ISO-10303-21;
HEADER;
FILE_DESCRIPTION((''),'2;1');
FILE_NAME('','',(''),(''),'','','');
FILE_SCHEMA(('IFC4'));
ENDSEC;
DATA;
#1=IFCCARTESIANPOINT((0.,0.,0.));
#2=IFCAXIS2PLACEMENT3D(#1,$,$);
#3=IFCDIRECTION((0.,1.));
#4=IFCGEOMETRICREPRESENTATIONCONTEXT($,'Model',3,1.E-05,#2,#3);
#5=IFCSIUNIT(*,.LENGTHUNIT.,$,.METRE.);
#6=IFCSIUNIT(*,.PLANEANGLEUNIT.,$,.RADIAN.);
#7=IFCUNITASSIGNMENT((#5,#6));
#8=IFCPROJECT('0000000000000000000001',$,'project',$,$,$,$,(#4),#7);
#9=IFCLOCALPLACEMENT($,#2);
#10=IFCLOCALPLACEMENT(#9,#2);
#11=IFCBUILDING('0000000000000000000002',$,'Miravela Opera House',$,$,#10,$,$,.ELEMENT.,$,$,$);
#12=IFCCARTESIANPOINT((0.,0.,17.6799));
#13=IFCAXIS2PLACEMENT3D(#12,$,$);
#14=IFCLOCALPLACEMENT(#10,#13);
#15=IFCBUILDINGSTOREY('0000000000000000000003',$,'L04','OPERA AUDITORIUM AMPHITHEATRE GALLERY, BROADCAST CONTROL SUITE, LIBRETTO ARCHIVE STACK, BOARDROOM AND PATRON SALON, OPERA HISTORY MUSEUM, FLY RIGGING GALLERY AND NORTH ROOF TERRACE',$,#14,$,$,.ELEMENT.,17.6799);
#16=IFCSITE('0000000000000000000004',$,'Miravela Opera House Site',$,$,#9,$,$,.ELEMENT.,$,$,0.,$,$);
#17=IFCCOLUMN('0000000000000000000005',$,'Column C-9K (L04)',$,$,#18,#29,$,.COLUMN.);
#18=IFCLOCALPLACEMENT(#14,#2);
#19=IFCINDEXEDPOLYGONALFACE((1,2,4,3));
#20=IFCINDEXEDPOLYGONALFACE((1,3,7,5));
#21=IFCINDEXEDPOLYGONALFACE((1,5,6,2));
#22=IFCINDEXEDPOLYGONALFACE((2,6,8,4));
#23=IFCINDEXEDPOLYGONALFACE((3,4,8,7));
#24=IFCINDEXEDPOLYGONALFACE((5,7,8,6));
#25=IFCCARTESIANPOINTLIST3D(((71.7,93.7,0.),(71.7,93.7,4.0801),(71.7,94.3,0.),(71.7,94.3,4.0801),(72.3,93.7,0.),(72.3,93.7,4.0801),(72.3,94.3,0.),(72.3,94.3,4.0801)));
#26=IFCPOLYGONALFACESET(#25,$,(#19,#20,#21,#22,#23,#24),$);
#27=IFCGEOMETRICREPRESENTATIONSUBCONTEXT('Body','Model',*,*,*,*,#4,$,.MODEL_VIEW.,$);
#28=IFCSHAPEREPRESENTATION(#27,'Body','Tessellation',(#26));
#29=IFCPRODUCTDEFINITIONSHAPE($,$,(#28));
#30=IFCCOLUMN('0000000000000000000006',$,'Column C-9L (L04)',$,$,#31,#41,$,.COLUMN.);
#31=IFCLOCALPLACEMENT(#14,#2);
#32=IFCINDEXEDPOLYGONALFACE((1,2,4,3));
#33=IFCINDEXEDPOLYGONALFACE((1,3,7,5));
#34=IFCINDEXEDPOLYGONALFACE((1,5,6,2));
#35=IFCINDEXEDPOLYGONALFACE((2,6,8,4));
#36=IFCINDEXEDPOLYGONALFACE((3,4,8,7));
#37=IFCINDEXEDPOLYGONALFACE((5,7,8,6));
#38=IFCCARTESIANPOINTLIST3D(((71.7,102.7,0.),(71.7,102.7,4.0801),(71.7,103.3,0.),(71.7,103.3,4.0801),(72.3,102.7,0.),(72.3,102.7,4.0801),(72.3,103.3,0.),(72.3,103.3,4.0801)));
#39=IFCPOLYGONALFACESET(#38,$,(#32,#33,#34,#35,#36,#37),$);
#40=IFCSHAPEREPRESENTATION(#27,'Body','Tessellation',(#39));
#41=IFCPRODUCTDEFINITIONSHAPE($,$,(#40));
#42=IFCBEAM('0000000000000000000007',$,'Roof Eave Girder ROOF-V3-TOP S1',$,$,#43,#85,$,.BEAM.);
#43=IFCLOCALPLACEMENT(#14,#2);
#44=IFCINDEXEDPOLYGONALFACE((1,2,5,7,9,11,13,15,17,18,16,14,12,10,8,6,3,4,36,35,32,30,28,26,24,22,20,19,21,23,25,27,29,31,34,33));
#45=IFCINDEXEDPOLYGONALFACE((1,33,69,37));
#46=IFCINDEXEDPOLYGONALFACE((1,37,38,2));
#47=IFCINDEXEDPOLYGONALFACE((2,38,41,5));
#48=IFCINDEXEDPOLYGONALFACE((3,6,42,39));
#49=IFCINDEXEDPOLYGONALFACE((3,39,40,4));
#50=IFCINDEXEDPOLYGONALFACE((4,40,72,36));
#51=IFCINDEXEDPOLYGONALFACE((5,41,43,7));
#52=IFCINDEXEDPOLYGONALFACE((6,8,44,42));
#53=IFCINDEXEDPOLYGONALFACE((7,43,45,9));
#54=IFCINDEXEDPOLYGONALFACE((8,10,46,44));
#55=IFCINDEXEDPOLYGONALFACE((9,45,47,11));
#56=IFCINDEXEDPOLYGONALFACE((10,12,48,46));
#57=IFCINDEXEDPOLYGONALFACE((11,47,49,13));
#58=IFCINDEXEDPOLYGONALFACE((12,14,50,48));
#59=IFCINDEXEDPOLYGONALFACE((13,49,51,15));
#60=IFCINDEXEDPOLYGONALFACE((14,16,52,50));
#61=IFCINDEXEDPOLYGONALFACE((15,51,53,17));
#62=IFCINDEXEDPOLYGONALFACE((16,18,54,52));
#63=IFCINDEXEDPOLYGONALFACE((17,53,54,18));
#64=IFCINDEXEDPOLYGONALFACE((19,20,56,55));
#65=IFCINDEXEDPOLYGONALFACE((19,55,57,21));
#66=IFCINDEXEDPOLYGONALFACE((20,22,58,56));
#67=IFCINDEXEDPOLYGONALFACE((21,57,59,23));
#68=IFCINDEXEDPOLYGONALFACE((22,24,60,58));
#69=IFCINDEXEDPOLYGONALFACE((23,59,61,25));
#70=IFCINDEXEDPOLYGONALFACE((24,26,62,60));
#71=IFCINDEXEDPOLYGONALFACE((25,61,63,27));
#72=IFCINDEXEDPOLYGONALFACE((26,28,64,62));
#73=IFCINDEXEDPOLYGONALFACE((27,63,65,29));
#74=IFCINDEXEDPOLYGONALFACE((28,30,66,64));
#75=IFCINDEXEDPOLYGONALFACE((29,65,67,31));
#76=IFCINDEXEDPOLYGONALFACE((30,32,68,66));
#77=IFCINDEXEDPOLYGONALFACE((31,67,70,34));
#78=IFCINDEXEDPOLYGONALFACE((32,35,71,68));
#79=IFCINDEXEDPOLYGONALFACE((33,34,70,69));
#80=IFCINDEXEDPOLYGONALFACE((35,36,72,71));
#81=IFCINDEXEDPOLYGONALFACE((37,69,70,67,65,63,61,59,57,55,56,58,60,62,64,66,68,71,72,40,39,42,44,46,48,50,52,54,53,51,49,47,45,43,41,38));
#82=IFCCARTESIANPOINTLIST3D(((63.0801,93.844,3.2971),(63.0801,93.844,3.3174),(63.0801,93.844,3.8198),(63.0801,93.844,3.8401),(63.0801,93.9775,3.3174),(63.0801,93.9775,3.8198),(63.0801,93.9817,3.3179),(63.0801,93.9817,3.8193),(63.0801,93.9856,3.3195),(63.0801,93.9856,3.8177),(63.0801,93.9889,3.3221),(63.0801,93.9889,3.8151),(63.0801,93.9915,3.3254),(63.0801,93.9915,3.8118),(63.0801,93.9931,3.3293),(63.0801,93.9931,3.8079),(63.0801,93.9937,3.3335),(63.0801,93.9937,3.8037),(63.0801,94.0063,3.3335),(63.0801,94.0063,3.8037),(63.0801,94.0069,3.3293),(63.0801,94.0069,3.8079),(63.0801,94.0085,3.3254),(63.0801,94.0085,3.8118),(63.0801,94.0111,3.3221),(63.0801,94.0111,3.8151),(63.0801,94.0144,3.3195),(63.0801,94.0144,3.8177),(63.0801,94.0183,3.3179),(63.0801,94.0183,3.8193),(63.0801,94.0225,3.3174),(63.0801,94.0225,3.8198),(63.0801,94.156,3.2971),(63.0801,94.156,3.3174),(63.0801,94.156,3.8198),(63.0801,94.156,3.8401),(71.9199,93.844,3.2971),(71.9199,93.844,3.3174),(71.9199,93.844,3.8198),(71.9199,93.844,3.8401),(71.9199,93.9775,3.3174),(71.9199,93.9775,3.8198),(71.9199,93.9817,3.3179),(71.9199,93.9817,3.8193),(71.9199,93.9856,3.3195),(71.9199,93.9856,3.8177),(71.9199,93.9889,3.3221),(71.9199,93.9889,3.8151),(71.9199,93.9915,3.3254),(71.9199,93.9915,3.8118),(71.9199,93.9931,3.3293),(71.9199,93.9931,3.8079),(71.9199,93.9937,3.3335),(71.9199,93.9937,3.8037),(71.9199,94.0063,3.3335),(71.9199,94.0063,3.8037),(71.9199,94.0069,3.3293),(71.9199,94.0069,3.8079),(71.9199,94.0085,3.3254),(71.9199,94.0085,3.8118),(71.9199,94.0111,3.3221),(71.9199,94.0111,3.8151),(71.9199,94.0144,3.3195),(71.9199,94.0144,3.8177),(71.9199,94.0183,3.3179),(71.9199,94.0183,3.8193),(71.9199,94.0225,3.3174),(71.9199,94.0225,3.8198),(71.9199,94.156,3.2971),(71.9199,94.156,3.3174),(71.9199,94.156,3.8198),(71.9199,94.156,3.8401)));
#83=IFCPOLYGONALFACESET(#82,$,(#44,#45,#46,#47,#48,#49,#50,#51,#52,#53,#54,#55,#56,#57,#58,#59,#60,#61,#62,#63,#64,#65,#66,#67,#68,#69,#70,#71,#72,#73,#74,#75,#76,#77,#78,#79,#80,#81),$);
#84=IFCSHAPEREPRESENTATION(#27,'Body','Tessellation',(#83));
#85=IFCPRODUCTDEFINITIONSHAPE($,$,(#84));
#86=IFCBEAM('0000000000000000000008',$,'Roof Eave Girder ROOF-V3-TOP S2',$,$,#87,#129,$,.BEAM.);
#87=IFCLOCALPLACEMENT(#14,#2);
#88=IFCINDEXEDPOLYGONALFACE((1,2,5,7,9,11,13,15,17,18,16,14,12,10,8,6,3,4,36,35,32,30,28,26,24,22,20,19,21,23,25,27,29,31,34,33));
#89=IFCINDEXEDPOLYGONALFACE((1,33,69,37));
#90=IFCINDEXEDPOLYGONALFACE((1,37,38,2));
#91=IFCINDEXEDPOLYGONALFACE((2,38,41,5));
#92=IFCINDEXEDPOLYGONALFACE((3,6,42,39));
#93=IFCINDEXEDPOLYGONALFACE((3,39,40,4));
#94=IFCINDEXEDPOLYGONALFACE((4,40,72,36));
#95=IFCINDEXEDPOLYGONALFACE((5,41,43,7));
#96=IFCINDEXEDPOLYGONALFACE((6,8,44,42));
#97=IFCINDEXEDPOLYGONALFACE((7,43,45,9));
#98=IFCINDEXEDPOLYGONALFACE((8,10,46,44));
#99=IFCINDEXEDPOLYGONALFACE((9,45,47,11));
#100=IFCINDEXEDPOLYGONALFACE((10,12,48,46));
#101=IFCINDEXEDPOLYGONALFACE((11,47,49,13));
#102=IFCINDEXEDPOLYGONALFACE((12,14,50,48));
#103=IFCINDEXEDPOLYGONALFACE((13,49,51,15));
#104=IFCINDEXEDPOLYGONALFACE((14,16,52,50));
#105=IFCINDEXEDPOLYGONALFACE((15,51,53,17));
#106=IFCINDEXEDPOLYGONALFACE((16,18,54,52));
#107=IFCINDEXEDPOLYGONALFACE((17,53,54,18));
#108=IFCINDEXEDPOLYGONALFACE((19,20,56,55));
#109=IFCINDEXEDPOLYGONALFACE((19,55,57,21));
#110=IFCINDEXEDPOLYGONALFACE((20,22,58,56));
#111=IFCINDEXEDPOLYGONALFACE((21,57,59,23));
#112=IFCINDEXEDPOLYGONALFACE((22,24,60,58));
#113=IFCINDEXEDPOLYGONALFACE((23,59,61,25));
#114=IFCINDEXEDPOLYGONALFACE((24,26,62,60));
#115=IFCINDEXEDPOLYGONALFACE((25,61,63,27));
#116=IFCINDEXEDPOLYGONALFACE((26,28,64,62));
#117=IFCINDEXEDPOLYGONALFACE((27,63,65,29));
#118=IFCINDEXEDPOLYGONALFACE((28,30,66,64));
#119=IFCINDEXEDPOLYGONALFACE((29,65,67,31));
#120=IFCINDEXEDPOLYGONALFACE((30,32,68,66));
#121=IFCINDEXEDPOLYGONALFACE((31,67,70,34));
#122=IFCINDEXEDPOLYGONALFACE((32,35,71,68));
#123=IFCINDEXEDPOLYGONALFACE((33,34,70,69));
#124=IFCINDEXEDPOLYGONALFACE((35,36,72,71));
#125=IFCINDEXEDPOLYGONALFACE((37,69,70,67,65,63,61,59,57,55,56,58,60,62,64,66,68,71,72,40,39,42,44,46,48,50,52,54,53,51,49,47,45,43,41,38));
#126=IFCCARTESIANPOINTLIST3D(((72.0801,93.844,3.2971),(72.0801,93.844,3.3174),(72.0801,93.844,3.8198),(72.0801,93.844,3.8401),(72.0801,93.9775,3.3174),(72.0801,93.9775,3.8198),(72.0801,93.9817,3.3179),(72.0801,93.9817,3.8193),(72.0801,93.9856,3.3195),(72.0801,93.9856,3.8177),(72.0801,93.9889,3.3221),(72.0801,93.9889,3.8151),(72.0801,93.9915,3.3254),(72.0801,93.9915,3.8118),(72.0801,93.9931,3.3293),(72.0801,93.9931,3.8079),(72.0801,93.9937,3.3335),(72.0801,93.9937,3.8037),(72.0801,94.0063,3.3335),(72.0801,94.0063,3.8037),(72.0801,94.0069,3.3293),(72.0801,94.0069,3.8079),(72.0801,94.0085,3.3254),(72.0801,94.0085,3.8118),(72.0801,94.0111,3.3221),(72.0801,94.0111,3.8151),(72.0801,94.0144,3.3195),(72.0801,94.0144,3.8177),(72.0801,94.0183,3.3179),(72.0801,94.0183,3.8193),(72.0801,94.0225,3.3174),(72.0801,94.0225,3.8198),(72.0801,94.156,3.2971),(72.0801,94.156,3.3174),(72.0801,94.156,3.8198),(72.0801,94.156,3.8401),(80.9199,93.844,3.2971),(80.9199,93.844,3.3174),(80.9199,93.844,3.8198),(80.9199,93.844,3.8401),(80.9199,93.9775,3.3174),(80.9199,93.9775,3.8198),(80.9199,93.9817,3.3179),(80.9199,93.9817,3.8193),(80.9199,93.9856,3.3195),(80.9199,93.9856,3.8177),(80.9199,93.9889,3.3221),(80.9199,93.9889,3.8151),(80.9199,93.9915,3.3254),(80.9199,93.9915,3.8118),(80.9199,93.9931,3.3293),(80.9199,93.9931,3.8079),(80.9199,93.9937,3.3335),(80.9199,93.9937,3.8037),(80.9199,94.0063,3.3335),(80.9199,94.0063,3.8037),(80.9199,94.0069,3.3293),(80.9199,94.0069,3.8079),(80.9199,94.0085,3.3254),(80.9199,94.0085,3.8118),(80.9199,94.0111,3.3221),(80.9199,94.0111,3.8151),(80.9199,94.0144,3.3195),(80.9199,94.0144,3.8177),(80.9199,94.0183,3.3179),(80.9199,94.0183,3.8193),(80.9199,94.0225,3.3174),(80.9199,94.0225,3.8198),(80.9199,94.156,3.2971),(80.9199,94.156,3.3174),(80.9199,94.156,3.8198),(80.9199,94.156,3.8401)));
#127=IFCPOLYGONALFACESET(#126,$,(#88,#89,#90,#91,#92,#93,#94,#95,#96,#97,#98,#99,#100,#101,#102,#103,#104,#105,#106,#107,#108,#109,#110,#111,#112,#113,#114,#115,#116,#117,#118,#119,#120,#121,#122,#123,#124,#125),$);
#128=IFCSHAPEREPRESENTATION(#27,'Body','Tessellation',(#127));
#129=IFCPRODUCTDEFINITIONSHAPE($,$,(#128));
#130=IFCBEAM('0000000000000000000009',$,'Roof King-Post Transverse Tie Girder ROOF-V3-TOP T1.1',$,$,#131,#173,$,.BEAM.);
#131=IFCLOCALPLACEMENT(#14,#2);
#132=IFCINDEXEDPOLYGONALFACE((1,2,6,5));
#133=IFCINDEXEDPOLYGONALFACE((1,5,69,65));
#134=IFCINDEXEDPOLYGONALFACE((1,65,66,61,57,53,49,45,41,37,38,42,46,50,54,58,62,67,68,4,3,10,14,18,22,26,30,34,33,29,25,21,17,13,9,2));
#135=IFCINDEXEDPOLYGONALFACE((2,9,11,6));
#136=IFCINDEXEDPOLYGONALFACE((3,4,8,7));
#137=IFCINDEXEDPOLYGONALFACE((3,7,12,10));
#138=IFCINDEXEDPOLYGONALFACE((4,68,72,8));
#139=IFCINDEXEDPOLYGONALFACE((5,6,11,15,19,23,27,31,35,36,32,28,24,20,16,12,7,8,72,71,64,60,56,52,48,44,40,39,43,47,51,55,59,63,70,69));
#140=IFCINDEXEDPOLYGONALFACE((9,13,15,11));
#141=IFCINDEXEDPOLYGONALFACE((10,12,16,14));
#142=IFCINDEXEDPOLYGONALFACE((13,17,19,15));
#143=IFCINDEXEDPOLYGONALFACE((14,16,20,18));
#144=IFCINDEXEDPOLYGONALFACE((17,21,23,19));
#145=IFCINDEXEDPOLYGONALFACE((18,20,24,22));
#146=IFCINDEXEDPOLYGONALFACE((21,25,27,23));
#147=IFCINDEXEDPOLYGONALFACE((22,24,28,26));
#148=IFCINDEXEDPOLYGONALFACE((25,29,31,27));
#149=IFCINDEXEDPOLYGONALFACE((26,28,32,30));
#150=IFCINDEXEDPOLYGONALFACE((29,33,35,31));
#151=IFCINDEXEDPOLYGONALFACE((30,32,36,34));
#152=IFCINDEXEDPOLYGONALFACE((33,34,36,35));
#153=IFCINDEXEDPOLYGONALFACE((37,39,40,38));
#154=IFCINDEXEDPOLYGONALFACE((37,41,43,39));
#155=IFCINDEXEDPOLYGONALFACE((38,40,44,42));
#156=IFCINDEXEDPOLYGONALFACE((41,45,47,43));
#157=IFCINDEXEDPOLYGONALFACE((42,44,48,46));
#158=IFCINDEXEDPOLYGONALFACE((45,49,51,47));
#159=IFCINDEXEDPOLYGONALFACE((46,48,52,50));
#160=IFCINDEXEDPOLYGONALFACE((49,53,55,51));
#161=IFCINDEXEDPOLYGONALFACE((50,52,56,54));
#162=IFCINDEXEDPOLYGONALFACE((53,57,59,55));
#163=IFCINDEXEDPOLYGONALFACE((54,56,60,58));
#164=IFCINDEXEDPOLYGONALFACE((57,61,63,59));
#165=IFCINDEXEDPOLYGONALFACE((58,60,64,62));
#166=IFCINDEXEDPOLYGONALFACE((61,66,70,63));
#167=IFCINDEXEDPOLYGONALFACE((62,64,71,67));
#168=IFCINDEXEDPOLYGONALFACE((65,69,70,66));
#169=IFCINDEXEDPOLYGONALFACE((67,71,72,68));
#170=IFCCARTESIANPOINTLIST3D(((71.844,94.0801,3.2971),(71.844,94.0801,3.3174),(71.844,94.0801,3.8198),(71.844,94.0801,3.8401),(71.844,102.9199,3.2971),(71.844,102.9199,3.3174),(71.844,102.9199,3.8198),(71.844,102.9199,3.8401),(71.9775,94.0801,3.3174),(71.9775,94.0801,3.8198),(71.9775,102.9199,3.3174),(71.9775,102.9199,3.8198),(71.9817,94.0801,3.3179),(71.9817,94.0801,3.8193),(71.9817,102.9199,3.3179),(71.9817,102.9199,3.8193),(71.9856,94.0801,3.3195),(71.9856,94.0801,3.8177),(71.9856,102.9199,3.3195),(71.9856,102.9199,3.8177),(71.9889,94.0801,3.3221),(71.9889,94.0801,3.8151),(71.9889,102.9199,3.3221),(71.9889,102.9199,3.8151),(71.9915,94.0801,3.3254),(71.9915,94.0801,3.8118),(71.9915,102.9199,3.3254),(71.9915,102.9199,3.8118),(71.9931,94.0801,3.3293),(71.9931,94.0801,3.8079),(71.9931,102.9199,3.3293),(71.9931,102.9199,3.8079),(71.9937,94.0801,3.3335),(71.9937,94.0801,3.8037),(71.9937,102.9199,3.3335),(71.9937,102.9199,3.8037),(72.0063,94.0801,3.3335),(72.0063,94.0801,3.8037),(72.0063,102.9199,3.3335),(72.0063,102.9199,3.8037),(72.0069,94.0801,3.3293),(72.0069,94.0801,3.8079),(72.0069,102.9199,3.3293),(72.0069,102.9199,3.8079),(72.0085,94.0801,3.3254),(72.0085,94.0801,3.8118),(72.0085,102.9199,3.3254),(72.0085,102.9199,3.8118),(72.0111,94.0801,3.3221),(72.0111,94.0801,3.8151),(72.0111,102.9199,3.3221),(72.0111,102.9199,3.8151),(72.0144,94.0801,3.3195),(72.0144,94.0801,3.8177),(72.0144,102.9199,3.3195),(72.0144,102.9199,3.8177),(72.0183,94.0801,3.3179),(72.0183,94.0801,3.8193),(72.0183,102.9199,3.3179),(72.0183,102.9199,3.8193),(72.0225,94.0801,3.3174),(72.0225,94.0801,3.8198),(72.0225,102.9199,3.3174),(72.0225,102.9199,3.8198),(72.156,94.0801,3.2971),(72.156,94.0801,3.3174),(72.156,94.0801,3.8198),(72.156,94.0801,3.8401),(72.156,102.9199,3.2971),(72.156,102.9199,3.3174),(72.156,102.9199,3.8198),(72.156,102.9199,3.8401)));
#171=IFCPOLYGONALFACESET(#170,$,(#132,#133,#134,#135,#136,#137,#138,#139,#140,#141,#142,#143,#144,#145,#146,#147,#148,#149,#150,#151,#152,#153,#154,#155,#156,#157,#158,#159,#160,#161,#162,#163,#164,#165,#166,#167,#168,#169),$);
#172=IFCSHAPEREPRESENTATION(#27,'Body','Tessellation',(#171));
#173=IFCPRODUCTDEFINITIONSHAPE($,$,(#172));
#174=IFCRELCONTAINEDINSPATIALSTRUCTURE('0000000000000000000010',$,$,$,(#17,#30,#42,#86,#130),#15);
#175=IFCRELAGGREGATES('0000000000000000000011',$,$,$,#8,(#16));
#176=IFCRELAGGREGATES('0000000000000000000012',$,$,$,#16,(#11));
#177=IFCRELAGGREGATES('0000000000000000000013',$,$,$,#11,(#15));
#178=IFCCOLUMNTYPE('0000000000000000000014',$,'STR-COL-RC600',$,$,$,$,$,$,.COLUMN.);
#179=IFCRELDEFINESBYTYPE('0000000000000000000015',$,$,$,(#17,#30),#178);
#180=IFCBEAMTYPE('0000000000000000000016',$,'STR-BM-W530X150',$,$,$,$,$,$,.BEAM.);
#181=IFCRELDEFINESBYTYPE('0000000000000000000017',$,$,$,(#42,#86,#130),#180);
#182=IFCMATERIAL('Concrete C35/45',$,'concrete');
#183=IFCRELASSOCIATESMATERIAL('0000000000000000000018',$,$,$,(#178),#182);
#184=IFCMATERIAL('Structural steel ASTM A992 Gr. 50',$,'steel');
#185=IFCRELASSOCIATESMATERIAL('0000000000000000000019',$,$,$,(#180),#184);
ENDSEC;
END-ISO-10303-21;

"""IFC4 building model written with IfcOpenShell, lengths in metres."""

from ifc_helpers import new_model, si_unit, direction, frame, origin, origin_2d, place, context, subcontext, project, spatial, rectangle, i_section, extrude, material, material_profile, profile_set, type_object, element, save


model = new_model("IFC4")

# Units and contexts
model_context = context("Model", 3, precision=1e-05, world=origin(), true_north=direction((0.0, 1.0)))
body_context = subcontext(model_context, "Body", "Model", "MODEL_VIEW")
ifc_project = project(units=[si_unit("LENGTHUNIT", "METRE"), si_unit("PLANEANGLEUNIT", "RADIAN")], contexts=[model_context])

# Site, building, storey
site_placement = place(None, origin())
site = spatial("IfcSite", under=ifc_project, at=site_placement, Name="Miravela Opera House Site", CompositionType="ELEMENT", RefElevation=0.0)
building_placement = place(site_placement, origin())
building = spatial("IfcBuilding", under=site, at=building_placement, Name="Miravela Opera House", CompositionType="ELEMENT")
storey_placement = place(building_placement, frame((0.0, 0.0, 17.6799)))
storey = spatial("IfcBuildingStorey", under=building, at=storey_placement, Name="L04", Description="OPERA AUDITORIUM AMPHITHEATRE GALLERY, BROADCAST CONTROL SUITE, LIBRETTO ARCHIVE STACK, BOARDROOM AND PATRON SALON, OPERA HISTORY MUSEUM, FLY RIGGING GALLERY AND NORTH ROOF TERRACE", CompositionType="ELEMENT", Elevation=17.6799)

# Columns
ifc_material_1 = material(Name="Concrete C35/45", Category="concrete")
ifc_material_profile_1 = material_profile(ifc_material_1, rectangle(XDim=0.6001, YDim=0.6001, at=origin_2d()), Name="RC-COL-600X600")
ifc_profile_set_1 = profile_set([ifc_material_profile_1])
column_type = type_object("IfcColumnType", Name="STR-COL-RC600", PredefinedType="COLUMN", material=ifc_profile_set_1)
for number, where, z_axis, x_axis, name in (
    (1, (72.0, 94.0, 0.0), (0.0, 0.0, 1.0), (1.0, 0.0, 0.0), "Column C-9K (L04)"),
    (2, (72.0, 103.0, 0.0), (0.0, 0.0, 1.0), (1.0, 0.0, 0.0), "Column C-9L (L04)"),
):
    element("IfcColumn", number, at=place(storey_placement, frame(where, z_axis=z_axis, x_axis=x_axis)), inside=storey, type_object=column_type, Name=name, PredefinedType="COLUMN", context=body_context, shape_type="SweptSolid", body=[
        extrude(rectangle(XDim=0.6001, YDim=0.6001, at=origin_2d()), origin(), (0.0, 0.0, 1.0), 4.0801),
    ])

# Beams
ifc_material_2 = material(Name="Structural steel ASTM A992 Gr. 50", Category="steel")
ifc_material_profile_2 = material_profile(ifc_material_2, i_section(OverallWidth=0.312, OverallDepth=0.543, WebThickness=0.0127, FlangeThickness=0.0203, FilletRadius=0.0161, at=origin_2d()), Name="W530X150")
ifc_profile_set_2 = profile_set([ifc_material_profile_2])
beam_type = type_object("IfcBeamType", Name="STR-BM-W530X150", PredefinedType="BEAM", material=ifc_profile_set_2)
for number, where, z_axis, x_axis, name in (
    (3, (63.0801, 94.0, 3.5686), (1.0, 0.0, 0.0), (0.0, 1.0, 0.0), "Roof Eave Girder ROOF-V3-TOP S1"),
    (4, (72.0801, 94.0, 3.5686), (1.0, 0.0, 0.0), (0.0, 1.0, 0.0), "Roof Eave Girder ROOF-V3-TOP S2"),
    (5, (72.0, 94.0801, 3.5686), (0.0, 1.0, 0.0), (-1.0, 0.0, 0.0), "Roof King-Post Transverse Tie Girder ROOF-V3-TOP T1.1"),
):
    element("IfcBeam", number, at=place(storey_placement, frame(where, z_axis=z_axis, x_axis=x_axis)), inside=storey, type_object=beam_type, Name=name, PredefinedType="BEAM", context=body_context, shape_type="SweptSolid", body=[
        extrude(i_section(OverallWidth=0.312, OverallDepth=0.543, WebThickness=0.0127, FlangeThickness=0.0203, FilletRadius=0.0161, at=origin_2d()), origin(), (0.0, 0.0, 1.0), 8.8398),
    ])

save(model, "model.ifc")
